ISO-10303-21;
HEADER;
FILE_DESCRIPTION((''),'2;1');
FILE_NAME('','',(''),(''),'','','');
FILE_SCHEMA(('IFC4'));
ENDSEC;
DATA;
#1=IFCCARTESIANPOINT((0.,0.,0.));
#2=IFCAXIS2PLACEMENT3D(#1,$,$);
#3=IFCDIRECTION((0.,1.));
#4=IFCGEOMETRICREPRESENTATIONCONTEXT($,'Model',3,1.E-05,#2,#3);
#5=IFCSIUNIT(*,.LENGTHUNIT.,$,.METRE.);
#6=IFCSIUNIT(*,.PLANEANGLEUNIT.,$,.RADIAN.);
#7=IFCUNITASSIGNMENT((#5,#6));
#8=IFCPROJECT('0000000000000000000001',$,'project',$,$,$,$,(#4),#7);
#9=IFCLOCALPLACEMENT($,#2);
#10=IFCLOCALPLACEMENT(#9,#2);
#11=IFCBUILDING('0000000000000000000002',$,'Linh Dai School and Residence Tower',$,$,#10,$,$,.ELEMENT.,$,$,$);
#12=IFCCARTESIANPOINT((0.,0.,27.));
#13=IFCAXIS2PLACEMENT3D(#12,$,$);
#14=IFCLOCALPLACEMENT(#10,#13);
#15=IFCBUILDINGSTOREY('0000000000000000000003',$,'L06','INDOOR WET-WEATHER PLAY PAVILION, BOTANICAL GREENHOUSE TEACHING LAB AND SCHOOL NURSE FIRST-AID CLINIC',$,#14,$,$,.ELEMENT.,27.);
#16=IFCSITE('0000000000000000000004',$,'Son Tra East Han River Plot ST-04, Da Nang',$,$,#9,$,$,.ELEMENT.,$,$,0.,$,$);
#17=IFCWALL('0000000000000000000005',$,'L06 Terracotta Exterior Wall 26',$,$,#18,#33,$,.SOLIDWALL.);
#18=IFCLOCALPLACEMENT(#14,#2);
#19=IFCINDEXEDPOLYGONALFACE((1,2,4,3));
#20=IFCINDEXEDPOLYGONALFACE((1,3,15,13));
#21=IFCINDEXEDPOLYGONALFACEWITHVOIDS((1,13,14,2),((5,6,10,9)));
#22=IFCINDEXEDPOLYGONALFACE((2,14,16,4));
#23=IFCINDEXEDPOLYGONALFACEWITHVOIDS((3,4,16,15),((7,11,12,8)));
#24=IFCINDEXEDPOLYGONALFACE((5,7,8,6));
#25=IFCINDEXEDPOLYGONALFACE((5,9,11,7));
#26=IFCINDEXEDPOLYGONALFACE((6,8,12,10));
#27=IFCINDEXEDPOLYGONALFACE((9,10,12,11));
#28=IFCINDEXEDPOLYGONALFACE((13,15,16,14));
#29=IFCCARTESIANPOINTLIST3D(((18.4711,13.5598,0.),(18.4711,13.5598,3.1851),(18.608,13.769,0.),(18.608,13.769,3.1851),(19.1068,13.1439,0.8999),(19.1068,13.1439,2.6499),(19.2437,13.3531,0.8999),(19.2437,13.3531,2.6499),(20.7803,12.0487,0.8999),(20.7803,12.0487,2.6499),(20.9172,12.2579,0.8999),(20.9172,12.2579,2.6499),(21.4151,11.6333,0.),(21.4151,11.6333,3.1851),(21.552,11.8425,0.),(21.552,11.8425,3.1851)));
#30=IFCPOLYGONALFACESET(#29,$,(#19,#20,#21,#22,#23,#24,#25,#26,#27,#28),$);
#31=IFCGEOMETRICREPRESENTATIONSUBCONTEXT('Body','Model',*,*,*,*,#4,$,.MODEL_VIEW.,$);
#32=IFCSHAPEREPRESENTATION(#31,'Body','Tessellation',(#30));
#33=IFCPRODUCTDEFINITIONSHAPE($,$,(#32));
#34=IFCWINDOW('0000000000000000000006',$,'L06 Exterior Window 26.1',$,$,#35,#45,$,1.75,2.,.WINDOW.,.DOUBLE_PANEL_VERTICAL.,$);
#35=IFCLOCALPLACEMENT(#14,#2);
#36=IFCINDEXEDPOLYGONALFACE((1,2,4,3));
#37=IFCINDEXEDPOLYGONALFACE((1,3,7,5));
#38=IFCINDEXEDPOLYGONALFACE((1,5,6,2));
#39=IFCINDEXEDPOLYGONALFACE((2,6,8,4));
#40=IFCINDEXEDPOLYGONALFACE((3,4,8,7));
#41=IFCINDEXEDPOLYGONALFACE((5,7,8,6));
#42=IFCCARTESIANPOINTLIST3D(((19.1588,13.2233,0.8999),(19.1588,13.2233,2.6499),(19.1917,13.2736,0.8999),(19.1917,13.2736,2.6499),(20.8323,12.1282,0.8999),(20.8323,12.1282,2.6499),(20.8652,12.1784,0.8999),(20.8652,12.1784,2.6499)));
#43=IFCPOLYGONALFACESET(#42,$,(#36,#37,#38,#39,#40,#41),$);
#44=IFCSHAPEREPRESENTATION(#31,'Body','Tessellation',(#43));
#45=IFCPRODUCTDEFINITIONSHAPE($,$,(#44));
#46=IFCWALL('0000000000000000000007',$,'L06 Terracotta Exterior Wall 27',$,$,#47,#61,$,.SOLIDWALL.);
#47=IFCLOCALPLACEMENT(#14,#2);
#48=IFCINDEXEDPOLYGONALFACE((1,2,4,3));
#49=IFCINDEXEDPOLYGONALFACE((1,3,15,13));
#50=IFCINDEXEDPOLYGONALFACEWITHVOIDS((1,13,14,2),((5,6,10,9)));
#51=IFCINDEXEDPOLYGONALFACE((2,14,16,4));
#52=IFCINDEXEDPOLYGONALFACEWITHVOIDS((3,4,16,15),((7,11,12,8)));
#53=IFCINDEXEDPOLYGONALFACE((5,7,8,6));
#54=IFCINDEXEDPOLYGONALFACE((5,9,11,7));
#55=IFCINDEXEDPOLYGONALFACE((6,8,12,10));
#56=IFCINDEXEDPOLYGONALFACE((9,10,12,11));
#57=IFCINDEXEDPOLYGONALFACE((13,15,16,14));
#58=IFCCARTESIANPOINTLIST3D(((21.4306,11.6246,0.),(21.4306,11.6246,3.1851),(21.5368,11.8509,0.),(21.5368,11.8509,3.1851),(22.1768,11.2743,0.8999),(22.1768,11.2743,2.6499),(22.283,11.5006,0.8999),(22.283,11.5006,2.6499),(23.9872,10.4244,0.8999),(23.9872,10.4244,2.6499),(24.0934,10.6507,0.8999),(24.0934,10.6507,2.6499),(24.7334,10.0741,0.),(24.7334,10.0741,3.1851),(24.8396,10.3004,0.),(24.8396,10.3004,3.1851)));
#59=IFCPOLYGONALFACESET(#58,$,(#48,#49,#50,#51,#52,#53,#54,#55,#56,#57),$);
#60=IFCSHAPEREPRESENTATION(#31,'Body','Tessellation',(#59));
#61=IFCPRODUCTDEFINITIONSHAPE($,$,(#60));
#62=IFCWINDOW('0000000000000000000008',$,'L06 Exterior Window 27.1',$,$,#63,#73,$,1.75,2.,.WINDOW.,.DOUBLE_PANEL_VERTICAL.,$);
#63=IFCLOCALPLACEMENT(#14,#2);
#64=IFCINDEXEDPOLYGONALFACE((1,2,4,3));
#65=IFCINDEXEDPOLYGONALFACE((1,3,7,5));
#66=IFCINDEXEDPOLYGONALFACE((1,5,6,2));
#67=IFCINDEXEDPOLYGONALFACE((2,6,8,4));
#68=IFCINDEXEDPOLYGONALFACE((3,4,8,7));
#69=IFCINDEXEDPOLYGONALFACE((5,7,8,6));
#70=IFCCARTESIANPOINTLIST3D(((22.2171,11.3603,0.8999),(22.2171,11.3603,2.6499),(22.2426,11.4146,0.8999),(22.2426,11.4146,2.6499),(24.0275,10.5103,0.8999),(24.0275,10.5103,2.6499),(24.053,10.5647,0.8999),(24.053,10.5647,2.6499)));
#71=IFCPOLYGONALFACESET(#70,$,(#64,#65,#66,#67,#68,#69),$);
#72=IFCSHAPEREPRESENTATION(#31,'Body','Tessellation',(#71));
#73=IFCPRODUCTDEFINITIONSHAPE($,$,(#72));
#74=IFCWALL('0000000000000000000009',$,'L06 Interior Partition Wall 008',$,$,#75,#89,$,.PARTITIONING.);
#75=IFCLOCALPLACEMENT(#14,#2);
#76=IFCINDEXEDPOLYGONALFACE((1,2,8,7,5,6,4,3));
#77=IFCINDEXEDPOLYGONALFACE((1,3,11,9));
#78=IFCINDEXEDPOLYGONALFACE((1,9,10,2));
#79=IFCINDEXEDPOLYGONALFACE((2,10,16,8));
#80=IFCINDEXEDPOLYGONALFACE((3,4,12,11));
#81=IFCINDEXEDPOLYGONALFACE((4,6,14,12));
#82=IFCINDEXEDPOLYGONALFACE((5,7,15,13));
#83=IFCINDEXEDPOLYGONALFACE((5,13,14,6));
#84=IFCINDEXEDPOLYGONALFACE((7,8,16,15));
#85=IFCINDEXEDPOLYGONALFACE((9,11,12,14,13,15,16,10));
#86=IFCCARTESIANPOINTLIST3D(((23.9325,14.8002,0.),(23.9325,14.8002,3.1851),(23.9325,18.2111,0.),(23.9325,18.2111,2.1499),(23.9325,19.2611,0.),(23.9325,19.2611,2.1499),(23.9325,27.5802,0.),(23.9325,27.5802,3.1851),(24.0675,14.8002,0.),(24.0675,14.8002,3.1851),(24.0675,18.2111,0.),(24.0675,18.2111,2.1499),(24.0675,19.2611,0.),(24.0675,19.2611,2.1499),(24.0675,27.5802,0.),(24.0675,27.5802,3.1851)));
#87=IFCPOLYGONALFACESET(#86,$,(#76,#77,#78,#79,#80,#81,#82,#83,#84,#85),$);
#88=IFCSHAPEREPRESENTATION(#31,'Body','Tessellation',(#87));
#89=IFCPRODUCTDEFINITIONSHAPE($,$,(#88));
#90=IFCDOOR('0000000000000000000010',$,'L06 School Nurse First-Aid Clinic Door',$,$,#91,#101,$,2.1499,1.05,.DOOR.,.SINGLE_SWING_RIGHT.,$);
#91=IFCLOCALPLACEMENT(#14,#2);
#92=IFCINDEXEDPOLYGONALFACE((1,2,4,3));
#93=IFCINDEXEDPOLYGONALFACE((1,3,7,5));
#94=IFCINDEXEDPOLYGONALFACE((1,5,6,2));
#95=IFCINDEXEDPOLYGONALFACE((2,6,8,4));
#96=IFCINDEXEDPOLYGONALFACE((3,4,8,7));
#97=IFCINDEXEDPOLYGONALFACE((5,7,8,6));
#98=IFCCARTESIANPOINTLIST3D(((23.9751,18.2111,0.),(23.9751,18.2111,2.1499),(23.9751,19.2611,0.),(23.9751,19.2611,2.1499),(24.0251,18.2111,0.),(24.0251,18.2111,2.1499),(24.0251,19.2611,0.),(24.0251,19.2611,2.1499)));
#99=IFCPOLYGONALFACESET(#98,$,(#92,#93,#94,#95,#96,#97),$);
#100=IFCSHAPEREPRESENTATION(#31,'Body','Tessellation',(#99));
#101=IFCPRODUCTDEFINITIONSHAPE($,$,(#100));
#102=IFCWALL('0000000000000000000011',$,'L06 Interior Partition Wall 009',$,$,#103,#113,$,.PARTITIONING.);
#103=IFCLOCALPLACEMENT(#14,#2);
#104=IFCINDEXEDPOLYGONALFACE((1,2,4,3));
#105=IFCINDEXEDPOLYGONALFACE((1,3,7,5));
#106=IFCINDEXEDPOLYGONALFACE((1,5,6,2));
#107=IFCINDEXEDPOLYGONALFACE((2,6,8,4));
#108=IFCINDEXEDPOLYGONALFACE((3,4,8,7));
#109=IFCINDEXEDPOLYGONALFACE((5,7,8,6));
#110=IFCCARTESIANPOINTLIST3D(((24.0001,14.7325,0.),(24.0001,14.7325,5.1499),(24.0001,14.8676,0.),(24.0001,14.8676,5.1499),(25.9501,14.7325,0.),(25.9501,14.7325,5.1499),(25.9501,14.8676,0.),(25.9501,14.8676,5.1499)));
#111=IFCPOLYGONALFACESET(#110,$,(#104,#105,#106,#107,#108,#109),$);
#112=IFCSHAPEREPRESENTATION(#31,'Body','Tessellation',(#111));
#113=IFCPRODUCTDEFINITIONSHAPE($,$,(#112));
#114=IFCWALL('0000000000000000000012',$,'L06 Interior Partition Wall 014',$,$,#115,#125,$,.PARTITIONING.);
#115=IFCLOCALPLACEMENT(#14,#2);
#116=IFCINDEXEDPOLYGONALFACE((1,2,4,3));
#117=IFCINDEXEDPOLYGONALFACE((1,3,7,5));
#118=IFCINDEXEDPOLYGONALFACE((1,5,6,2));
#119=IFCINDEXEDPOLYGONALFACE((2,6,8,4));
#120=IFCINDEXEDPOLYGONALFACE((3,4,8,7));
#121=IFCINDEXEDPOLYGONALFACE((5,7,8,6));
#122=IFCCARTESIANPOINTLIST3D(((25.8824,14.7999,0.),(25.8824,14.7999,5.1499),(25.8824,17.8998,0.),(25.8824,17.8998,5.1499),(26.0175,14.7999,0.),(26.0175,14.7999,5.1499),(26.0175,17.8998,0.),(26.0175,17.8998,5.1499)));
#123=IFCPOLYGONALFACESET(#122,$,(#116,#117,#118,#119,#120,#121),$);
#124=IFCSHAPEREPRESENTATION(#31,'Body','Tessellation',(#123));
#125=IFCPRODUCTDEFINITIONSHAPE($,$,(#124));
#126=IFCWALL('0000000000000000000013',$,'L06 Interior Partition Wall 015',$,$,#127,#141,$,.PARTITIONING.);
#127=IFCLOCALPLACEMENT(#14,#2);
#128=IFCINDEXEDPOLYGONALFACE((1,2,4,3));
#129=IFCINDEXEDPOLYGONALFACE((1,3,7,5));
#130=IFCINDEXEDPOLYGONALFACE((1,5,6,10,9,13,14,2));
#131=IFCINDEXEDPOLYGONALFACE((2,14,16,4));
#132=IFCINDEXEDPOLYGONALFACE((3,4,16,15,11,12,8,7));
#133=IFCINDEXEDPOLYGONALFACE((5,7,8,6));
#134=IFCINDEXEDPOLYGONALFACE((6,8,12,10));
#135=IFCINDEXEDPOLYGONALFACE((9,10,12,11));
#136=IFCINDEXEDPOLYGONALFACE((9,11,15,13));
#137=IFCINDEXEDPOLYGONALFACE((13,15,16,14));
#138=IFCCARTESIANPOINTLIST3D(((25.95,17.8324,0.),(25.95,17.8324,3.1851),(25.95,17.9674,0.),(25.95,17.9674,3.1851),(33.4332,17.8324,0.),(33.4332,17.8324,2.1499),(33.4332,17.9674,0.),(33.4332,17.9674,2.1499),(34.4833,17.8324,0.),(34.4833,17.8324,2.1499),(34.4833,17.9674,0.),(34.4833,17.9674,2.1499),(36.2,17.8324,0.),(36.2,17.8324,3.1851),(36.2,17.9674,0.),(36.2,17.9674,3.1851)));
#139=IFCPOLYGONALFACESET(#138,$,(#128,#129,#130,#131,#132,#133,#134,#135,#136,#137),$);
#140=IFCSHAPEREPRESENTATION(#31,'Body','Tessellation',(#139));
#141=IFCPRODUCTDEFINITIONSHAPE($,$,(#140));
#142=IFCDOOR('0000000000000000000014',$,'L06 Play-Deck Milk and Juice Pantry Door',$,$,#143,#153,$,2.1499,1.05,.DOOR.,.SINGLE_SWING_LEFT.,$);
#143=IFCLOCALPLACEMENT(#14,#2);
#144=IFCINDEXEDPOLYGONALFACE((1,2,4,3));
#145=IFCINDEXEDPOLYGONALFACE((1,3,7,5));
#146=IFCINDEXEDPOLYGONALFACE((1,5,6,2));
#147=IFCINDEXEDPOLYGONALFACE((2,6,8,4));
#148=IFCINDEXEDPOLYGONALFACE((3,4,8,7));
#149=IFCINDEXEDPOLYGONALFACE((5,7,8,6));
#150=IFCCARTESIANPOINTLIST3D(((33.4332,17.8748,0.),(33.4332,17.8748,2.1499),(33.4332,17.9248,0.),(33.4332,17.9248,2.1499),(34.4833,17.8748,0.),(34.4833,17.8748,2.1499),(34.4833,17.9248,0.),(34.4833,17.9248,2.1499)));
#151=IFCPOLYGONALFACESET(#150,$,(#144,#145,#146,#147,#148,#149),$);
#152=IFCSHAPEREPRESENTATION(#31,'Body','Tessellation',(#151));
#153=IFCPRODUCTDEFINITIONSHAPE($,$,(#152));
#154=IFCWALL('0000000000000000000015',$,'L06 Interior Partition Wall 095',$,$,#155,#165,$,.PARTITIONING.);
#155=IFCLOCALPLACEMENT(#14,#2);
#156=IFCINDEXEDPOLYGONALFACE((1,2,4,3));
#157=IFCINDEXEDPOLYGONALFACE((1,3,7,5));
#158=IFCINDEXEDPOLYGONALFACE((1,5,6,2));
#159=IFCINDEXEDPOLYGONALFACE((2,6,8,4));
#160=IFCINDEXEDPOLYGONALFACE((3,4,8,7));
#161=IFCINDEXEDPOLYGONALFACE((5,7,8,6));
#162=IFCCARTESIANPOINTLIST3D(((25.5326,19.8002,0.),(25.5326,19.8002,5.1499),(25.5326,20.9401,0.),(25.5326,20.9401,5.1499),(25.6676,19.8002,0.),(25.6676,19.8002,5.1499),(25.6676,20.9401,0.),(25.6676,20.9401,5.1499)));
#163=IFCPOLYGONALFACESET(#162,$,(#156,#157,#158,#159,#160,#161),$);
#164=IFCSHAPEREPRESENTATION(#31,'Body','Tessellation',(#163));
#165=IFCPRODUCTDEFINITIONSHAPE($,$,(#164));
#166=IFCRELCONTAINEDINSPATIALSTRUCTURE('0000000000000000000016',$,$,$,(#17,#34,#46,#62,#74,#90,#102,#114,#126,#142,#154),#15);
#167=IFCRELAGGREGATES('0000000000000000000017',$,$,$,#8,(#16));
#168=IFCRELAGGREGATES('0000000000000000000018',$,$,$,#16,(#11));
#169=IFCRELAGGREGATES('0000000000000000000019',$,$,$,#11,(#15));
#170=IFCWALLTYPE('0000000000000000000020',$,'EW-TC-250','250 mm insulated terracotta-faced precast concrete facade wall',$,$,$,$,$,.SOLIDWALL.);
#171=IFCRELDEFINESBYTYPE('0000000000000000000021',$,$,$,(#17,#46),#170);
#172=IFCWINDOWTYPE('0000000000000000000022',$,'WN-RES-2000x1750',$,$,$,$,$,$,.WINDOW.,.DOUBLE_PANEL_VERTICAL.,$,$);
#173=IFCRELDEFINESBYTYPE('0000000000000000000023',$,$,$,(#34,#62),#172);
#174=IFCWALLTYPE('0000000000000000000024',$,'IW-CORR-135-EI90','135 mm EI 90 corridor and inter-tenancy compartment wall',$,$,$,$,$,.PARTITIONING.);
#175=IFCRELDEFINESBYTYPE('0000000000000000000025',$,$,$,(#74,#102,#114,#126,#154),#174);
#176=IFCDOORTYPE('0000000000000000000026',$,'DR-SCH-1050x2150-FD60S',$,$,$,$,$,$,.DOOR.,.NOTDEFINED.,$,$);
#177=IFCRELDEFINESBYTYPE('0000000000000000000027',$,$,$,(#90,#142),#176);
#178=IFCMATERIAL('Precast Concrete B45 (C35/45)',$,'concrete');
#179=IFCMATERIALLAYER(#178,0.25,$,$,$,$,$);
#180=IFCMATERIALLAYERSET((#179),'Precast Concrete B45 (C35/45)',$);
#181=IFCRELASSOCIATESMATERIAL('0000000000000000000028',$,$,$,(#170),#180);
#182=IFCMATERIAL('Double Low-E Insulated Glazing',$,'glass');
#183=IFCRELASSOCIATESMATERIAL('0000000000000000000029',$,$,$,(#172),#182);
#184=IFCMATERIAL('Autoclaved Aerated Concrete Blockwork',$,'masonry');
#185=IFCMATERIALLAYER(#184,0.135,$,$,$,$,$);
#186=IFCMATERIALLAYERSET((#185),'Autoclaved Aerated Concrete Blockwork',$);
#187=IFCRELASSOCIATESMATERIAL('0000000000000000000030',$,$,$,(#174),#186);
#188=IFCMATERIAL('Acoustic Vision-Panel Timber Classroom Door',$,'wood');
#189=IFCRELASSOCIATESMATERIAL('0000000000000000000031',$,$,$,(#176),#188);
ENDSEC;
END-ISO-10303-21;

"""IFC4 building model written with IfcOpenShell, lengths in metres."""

from ifc_helpers import new_model, si_unit, direction, frame, frame_2d, origin, origin_2d, place, context, subcontext, project, spatial, rectangle, extrude, source, transform, mapped, material, layer, layer_set, type_object, element, fill, save


model = new_model("IFC4")

# Units and contexts
model_context = context("Model", 3, precision=1e-05, world=origin(), true_north=direction((0.0, 1.0)))
body_context = subcontext(model_context, "Body", "Model", "MODEL_VIEW")
ifc_project = project(units=[si_unit("LENGTHUNIT", "METRE"), si_unit("PLANEANGLEUNIT", "RADIAN")], contexts=[model_context])

# Site, building, storey
site_placement = place(None, origin())
site = spatial("IfcSite", under=ifc_project, at=site_placement, Name="Son Tra East Han River Plot ST-04, Da Nang", CompositionType="ELEMENT", RefElevation=0.0)
building_placement = place(site_placement, origin())
building = spatial("IfcBuilding", under=site, at=building_placement, Name="Linh Dai School and Residence Tower", CompositionType="ELEMENT")
storey_placement = place(building_placement, frame((0.0, 0.0, 27.0)))
storey = spatial("IfcBuildingStorey", under=building, at=storey_placement, Name="L06", Description="INDOOR WET-WEATHER PLAY PAVILION, BOTANICAL GREENHOUSE TEACHING LAB AND SCHOOL NURSE FIRST-AID CLINIC", CompositionType="ELEMENT", Elevation=27.0)

# Walls, openings, windows
ifc_material_1 = material(Name="Precast Concrete B45 (C35/45)", Category="concrete")
ifc_layer_1 = layer(ifc_material_1, 0.25)
ifc_layer_set_1 = layer_set([ifc_layer_1], Name="Precast Concrete B45 (C35/45)")
wall_type_1 = type_object("IfcWallType", Name="EW-TC-250", Description="250 mm insulated terracotta-faced precast concrete facade wall", PredefinedType="SOLIDWALL", material=ifc_layer_set_1)
wall_1_placement = place(storey_placement, frame((21.4836, 11.7378, 0.0), z_axis=(0.0, 0.0, 1.0), x_axis=(-0.836749, 0.547586, 0.0)))
wall_1 = element("IfcWall", 1, at=wall_1_placement, inside=storey, type_object=wall_type_1, Name="L06 Terracotta Exterior Wall 26", PredefinedType="SOLIDWALL", context=body_context, shape_type="SweptSolid", body=[
    extrude(rectangle(XDim=3.5183, YDim=0.25, at=frame_2d((1.7593, 0.0))), origin(), (0.0, 0.0, 1.0), 3.1851),
])
opening_1_placement = place(wall_1_placement, frame((0.7588, 0.0, 0.8999)))
opening_1 = element("IfcOpeningElement", 2, at=opening_1_placement, cuts=wall_1, PredefinedType="OPENING", context=body_context, shape_type="SweptSolid", body=[
    extrude(rectangle(XDim=2.0, YDim=1.75, at=origin_2d()), frame((1.0, 0.135, 0.875), z_axis=(0.0, -1.0, 0.0), x_axis=(1.0, 0.0, 0.0)), (0.0, 0.0, 1.0), 0.27),
])
ifc_material_2 = material(Name="Double Low-E Insulated Glazing", Category="glass")
window_type = type_object("IfcWindowType", Name="WN-RES-2000x1750", PartitioningType="DOUBLE_PANEL_VERTICAL", PredefinedType="WINDOW", material=ifc_material_2)
shared_shape_1 = source(origin(), body_context, "Body", "SweptSolid", [
    extrude(rectangle(XDim=2.0, YDim=1.75, at=origin_2d()), frame((1.0, 0.03, 0.875), z_axis=(0.0, -1.0, 0.0), x_axis=(1.0, 0.0, 0.0)), (0.0, 0.0, 1.0), 0.0601),
])
window_1_placement = place(opening_1_placement, origin())
window_1 = element("IfcWindow", 3, at=window_1_placement, inside=storey, type_object=window_type, Name="L06 Exterior Window 26.1", OverallHeight=1.75, OverallWidth=2.0, PartitioningType="DOUBLE_PANEL_VERTICAL", PredefinedType="WINDOW", context=body_context, shape_type="MappedRepresentation", body=[
    mapped(shared_shape_1, transform((0.0, 0.0, 0.0), x_axis=(1.0, 0.0, 0.0), y_axis=(0.0, 1.0, 0.0), z_axis=(0.0, 0.0, 1.0), scale=1.0)),
])
fill(opening_1, window_1)
wall_2_placement = place(storey_placement, frame((24.7864, 10.1873, 0.0), z_axis=(0.0, 0.0, 1.0), x_axis=(-0.905208, 0.424969, 0.0)))
wall_2 = element("IfcWall", 4, at=wall_2_placement, inside=storey, type_object=wall_type_1, Name="L06 Terracotta Exterior Wall 27", PredefinedType="SOLIDWALL", context=body_context, shape_type="SweptSolid", body=[
    extrude(rectangle(XDim=3.6487, YDim=0.25, at=frame_2d((1.8242, 0.0))), origin(), (0.0, 0.0, 1.0), 3.1851),
])
opening_2_placement = place(wall_2_placement, frame((0.8242, 0.0, 0.8999)))
opening_2 = element("IfcOpeningElement", 5, at=opening_2_placement, cuts=wall_2, PredefinedType="OPENING", context=body_context, shape_type="SweptSolid", body=[
    extrude(rectangle(XDim=2.0, YDim=1.75, at=origin_2d()), frame((1.0, 0.135, 0.875), z_axis=(0.0, -1.0, 0.0), x_axis=(1.0, 0.0, 0.0)), (0.0, 0.0, 1.0), 0.27),
])
window_2_placement = place(opening_2_placement, origin())
window_2 = element("IfcWindow", 6, at=window_2_placement, inside=storey, type_object=window_type, Name="L06 Exterior Window 27.1", OverallHeight=1.75, OverallWidth=2.0, PartitioningType="DOUBLE_PANEL_VERTICAL", PredefinedType="WINDOW", context=body_context, shape_type="MappedRepresentation", body=[
    mapped(shared_shape_1, transform((0.0, 0.0, 0.0), x_axis=(1.0, 0.0, 0.0), y_axis=(0.0, 1.0, 0.0), z_axis=(0.0, 0.0, 1.0), scale=1.0)),
])
fill(opening_2, window_2)

# Wall, opening, door
ifc_material_3 = material(Name="Autoclaved Aerated Concrete Blockwork", Category="masonry")
ifc_layer_2 = layer(ifc_material_3, 0.135)
ifc_layer_set_2 = layer_set([ifc_layer_2], Name="Autoclaved Aerated Concrete Blockwork")
wall_type_2 = type_object("IfcWallType", Name="IW-CORR-135-EI90", Description="135 mm EI 90 corridor and inter-tenancy compartment wall", PredefinedType="PARTITIONING", material=ifc_layer_set_2)
wall_3_placement = place(storey_placement, frame((24.0, 14.8, 0.0), z_axis=(0.0, 0.0, 1.0), x_axis=(0.0, 1.0, 0.0)))
wall_3 = element("IfcWall", 7, at=wall_3_placement, inside=storey, type_object=wall_type_2, Name="L06 Interior Partition Wall 008", PredefinedType="PARTITIONING", context=body_context, shape_type="SweptSolid", body=[
    extrude(rectangle(XDim=12.78, YDim=0.135, at=frame_2d((6.3901, 0.0))), origin(), (0.0, 0.0, 1.0), 3.1851),
])
opening_3_placement = place(wall_3_placement, frame((3.4111, 0.0, 0.0)))
opening_3 = element("IfcOpeningElement", 8, at=opening_3_placement, cuts=wall_3, PredefinedType="OPENING", context=body_context, shape_type="SweptSolid", body=[
    extrude(rectangle(XDim=1.05, YDim=2.1499, at=origin_2d()), frame((0.5249, 0.0776, 1.075), z_axis=(0.0, -1.0, 0.0), x_axis=(1.0, 0.0, 0.0)), (0.0, 0.0, 1.0), 0.155),
])
ifc_material_4 = material(Name="Acoustic Vision-Panel Timber Classroom Door", Category="wood")
door_type = type_object("IfcDoorType", Name="DR-SCH-1050x2150-FD60S", OperationType="NOTDEFINED", PredefinedType="DOOR", material=ifc_material_4)
shared_shape_2 = source(origin(), body_context, "Body", "SweptSolid", [
    extrude(rectangle(XDim=1.05, YDim=2.1499, at=origin_2d()), frame((0.5249, 0.0249, 1.075), z_axis=(0.0, -1.0, 0.0), x_axis=(1.0, 0.0, 0.0)), (0.0, 0.0, 1.0), 0.05),
])
door_1_placement = place(opening_3_placement, origin())
door_1 = element("IfcDoor", 9, at=door_1_placement, inside=storey, type_object=door_type, Name="L06 School Nurse First-Aid Clinic Door", OperationType="SINGLE_SWING_RIGHT", OverallHeight=2.1499, OverallWidth=1.05, PredefinedType="DOOR", context=body_context, shape_type="MappedRepresentation", body=[
    mapped(shared_shape_2, transform((0.0, 0.0, 0.0), x_axis=(1.0, 0.0, 0.0), y_axis=(0.0, 1.0, 0.0), z_axis=(0.0, 0.0, 1.0), scale=1.0)),
])
fill(opening_3, door_1)

# Walls
wall_4_placement = place(storey_placement, frame((24.0, 14.8, 0.0), z_axis=(0.0, 0.0, 1.0), x_axis=(1.0, 0.0, 0.0)))
element("IfcWall", 10, at=wall_4_placement, inside=storey, type_object=wall_type_2, Name="L06 Interior Partition Wall 009", PredefinedType="PARTITIONING", context=body_context, shape_type="SweptSolid", body=[
    extrude(rectangle(XDim=1.95, YDim=0.135, at=frame_2d((0.9751, 0.0))), origin(), (0.0, 0.0, 1.0), 5.1499),
])
wall_5_placement = place(storey_placement, frame((25.95, 14.8, 0.0), z_axis=(0.0, 0.0, 1.0), x_axis=(0.0, 1.0, 0.0)))
element("IfcWall", 11, at=wall_5_placement, inside=storey, type_object=wall_type_2, Name="L06 Interior Partition Wall 014", PredefinedType="PARTITIONING", context=body_context, shape_type="SweptSolid", body=[
    extrude(rectangle(XDim=3.0999, YDim=0.135, at=frame_2d((1.5498, 0.0))), origin(), (0.0, 0.0, 1.0), 5.1499),
])

# Wall, opening, door
wall_6_placement = place(storey_placement, frame((25.95, 17.8999, 0.0), z_axis=(0.0, 0.0, 1.0), x_axis=(1.0, 0.0, 0.0)))
wall_6 = element("IfcWall", 12, at=wall_6_placement, inside=storey, type_object=wall_type_2, Name="L06 Interior Partition Wall 015", PredefinedType="PARTITIONING", context=body_context, shape_type="SweptSolid", body=[
    extrude(rectangle(XDim=10.25, YDim=0.135, at=frame_2d((5.125, 0.0))), origin(), (0.0, 0.0, 1.0), 3.1851),
])
opening_4_placement = place(wall_6_placement, frame((7.4834, 0.0, 0.0)))
opening_4 = element("IfcOpeningElement", 13, at=opening_4_placement, cuts=wall_6, PredefinedType="OPENING", context=body_context, shape_type="SweptSolid", body=[
    extrude(rectangle(XDim=1.05, YDim=2.1499, at=origin_2d()), frame((0.5249, 0.0776, 1.075), z_axis=(0.0, -1.0, 0.0), x_axis=(1.0, 0.0, 0.0)), (0.0, 0.0, 1.0), 0.155),
])
door_2_placement = place(opening_4_placement, origin())
door_2 = element("IfcDoor", 14, at=door_2_placement, inside=storey, type_object=door_type, Name="L06 Play-Deck Milk and Juice Pantry Door", OperationType="SINGLE_SWING_LEFT", OverallHeight=2.1499, OverallWidth=1.05, PredefinedType="DOOR", context=body_context, shape_type="MappedRepresentation", body=[
    mapped(shared_shape_2, transform((0.0, 0.0, 0.0), x_axis=(1.0, 0.0, 0.0), y_axis=(0.0, 1.0, 0.0), z_axis=(0.0, 0.0, 1.0), scale=1.0)),
])
fill(opening_4, door_2)

# Wall
wall_7_placement = place(storey_placement, frame((25.6001, 20.9399, 0.0), z_axis=(0.0, 0.0, 1.0), x_axis=(0.0, -1.0, 0.0)))
element("IfcWall", 15, at=wall_7_placement, inside=storey, type_object=wall_type_2, Name="L06 Interior Partition Wall 095", PredefinedType="PARTITIONING", context=body_context, shape_type="SweptSolid", body=[
    extrude(rectangle(XDim=1.1399, YDim=0.135, at=frame_2d((0.5698, 0.0))), origin(), (0.0, 0.0, 1.0), 5.1499),
])

save(model, "model.ifc")
